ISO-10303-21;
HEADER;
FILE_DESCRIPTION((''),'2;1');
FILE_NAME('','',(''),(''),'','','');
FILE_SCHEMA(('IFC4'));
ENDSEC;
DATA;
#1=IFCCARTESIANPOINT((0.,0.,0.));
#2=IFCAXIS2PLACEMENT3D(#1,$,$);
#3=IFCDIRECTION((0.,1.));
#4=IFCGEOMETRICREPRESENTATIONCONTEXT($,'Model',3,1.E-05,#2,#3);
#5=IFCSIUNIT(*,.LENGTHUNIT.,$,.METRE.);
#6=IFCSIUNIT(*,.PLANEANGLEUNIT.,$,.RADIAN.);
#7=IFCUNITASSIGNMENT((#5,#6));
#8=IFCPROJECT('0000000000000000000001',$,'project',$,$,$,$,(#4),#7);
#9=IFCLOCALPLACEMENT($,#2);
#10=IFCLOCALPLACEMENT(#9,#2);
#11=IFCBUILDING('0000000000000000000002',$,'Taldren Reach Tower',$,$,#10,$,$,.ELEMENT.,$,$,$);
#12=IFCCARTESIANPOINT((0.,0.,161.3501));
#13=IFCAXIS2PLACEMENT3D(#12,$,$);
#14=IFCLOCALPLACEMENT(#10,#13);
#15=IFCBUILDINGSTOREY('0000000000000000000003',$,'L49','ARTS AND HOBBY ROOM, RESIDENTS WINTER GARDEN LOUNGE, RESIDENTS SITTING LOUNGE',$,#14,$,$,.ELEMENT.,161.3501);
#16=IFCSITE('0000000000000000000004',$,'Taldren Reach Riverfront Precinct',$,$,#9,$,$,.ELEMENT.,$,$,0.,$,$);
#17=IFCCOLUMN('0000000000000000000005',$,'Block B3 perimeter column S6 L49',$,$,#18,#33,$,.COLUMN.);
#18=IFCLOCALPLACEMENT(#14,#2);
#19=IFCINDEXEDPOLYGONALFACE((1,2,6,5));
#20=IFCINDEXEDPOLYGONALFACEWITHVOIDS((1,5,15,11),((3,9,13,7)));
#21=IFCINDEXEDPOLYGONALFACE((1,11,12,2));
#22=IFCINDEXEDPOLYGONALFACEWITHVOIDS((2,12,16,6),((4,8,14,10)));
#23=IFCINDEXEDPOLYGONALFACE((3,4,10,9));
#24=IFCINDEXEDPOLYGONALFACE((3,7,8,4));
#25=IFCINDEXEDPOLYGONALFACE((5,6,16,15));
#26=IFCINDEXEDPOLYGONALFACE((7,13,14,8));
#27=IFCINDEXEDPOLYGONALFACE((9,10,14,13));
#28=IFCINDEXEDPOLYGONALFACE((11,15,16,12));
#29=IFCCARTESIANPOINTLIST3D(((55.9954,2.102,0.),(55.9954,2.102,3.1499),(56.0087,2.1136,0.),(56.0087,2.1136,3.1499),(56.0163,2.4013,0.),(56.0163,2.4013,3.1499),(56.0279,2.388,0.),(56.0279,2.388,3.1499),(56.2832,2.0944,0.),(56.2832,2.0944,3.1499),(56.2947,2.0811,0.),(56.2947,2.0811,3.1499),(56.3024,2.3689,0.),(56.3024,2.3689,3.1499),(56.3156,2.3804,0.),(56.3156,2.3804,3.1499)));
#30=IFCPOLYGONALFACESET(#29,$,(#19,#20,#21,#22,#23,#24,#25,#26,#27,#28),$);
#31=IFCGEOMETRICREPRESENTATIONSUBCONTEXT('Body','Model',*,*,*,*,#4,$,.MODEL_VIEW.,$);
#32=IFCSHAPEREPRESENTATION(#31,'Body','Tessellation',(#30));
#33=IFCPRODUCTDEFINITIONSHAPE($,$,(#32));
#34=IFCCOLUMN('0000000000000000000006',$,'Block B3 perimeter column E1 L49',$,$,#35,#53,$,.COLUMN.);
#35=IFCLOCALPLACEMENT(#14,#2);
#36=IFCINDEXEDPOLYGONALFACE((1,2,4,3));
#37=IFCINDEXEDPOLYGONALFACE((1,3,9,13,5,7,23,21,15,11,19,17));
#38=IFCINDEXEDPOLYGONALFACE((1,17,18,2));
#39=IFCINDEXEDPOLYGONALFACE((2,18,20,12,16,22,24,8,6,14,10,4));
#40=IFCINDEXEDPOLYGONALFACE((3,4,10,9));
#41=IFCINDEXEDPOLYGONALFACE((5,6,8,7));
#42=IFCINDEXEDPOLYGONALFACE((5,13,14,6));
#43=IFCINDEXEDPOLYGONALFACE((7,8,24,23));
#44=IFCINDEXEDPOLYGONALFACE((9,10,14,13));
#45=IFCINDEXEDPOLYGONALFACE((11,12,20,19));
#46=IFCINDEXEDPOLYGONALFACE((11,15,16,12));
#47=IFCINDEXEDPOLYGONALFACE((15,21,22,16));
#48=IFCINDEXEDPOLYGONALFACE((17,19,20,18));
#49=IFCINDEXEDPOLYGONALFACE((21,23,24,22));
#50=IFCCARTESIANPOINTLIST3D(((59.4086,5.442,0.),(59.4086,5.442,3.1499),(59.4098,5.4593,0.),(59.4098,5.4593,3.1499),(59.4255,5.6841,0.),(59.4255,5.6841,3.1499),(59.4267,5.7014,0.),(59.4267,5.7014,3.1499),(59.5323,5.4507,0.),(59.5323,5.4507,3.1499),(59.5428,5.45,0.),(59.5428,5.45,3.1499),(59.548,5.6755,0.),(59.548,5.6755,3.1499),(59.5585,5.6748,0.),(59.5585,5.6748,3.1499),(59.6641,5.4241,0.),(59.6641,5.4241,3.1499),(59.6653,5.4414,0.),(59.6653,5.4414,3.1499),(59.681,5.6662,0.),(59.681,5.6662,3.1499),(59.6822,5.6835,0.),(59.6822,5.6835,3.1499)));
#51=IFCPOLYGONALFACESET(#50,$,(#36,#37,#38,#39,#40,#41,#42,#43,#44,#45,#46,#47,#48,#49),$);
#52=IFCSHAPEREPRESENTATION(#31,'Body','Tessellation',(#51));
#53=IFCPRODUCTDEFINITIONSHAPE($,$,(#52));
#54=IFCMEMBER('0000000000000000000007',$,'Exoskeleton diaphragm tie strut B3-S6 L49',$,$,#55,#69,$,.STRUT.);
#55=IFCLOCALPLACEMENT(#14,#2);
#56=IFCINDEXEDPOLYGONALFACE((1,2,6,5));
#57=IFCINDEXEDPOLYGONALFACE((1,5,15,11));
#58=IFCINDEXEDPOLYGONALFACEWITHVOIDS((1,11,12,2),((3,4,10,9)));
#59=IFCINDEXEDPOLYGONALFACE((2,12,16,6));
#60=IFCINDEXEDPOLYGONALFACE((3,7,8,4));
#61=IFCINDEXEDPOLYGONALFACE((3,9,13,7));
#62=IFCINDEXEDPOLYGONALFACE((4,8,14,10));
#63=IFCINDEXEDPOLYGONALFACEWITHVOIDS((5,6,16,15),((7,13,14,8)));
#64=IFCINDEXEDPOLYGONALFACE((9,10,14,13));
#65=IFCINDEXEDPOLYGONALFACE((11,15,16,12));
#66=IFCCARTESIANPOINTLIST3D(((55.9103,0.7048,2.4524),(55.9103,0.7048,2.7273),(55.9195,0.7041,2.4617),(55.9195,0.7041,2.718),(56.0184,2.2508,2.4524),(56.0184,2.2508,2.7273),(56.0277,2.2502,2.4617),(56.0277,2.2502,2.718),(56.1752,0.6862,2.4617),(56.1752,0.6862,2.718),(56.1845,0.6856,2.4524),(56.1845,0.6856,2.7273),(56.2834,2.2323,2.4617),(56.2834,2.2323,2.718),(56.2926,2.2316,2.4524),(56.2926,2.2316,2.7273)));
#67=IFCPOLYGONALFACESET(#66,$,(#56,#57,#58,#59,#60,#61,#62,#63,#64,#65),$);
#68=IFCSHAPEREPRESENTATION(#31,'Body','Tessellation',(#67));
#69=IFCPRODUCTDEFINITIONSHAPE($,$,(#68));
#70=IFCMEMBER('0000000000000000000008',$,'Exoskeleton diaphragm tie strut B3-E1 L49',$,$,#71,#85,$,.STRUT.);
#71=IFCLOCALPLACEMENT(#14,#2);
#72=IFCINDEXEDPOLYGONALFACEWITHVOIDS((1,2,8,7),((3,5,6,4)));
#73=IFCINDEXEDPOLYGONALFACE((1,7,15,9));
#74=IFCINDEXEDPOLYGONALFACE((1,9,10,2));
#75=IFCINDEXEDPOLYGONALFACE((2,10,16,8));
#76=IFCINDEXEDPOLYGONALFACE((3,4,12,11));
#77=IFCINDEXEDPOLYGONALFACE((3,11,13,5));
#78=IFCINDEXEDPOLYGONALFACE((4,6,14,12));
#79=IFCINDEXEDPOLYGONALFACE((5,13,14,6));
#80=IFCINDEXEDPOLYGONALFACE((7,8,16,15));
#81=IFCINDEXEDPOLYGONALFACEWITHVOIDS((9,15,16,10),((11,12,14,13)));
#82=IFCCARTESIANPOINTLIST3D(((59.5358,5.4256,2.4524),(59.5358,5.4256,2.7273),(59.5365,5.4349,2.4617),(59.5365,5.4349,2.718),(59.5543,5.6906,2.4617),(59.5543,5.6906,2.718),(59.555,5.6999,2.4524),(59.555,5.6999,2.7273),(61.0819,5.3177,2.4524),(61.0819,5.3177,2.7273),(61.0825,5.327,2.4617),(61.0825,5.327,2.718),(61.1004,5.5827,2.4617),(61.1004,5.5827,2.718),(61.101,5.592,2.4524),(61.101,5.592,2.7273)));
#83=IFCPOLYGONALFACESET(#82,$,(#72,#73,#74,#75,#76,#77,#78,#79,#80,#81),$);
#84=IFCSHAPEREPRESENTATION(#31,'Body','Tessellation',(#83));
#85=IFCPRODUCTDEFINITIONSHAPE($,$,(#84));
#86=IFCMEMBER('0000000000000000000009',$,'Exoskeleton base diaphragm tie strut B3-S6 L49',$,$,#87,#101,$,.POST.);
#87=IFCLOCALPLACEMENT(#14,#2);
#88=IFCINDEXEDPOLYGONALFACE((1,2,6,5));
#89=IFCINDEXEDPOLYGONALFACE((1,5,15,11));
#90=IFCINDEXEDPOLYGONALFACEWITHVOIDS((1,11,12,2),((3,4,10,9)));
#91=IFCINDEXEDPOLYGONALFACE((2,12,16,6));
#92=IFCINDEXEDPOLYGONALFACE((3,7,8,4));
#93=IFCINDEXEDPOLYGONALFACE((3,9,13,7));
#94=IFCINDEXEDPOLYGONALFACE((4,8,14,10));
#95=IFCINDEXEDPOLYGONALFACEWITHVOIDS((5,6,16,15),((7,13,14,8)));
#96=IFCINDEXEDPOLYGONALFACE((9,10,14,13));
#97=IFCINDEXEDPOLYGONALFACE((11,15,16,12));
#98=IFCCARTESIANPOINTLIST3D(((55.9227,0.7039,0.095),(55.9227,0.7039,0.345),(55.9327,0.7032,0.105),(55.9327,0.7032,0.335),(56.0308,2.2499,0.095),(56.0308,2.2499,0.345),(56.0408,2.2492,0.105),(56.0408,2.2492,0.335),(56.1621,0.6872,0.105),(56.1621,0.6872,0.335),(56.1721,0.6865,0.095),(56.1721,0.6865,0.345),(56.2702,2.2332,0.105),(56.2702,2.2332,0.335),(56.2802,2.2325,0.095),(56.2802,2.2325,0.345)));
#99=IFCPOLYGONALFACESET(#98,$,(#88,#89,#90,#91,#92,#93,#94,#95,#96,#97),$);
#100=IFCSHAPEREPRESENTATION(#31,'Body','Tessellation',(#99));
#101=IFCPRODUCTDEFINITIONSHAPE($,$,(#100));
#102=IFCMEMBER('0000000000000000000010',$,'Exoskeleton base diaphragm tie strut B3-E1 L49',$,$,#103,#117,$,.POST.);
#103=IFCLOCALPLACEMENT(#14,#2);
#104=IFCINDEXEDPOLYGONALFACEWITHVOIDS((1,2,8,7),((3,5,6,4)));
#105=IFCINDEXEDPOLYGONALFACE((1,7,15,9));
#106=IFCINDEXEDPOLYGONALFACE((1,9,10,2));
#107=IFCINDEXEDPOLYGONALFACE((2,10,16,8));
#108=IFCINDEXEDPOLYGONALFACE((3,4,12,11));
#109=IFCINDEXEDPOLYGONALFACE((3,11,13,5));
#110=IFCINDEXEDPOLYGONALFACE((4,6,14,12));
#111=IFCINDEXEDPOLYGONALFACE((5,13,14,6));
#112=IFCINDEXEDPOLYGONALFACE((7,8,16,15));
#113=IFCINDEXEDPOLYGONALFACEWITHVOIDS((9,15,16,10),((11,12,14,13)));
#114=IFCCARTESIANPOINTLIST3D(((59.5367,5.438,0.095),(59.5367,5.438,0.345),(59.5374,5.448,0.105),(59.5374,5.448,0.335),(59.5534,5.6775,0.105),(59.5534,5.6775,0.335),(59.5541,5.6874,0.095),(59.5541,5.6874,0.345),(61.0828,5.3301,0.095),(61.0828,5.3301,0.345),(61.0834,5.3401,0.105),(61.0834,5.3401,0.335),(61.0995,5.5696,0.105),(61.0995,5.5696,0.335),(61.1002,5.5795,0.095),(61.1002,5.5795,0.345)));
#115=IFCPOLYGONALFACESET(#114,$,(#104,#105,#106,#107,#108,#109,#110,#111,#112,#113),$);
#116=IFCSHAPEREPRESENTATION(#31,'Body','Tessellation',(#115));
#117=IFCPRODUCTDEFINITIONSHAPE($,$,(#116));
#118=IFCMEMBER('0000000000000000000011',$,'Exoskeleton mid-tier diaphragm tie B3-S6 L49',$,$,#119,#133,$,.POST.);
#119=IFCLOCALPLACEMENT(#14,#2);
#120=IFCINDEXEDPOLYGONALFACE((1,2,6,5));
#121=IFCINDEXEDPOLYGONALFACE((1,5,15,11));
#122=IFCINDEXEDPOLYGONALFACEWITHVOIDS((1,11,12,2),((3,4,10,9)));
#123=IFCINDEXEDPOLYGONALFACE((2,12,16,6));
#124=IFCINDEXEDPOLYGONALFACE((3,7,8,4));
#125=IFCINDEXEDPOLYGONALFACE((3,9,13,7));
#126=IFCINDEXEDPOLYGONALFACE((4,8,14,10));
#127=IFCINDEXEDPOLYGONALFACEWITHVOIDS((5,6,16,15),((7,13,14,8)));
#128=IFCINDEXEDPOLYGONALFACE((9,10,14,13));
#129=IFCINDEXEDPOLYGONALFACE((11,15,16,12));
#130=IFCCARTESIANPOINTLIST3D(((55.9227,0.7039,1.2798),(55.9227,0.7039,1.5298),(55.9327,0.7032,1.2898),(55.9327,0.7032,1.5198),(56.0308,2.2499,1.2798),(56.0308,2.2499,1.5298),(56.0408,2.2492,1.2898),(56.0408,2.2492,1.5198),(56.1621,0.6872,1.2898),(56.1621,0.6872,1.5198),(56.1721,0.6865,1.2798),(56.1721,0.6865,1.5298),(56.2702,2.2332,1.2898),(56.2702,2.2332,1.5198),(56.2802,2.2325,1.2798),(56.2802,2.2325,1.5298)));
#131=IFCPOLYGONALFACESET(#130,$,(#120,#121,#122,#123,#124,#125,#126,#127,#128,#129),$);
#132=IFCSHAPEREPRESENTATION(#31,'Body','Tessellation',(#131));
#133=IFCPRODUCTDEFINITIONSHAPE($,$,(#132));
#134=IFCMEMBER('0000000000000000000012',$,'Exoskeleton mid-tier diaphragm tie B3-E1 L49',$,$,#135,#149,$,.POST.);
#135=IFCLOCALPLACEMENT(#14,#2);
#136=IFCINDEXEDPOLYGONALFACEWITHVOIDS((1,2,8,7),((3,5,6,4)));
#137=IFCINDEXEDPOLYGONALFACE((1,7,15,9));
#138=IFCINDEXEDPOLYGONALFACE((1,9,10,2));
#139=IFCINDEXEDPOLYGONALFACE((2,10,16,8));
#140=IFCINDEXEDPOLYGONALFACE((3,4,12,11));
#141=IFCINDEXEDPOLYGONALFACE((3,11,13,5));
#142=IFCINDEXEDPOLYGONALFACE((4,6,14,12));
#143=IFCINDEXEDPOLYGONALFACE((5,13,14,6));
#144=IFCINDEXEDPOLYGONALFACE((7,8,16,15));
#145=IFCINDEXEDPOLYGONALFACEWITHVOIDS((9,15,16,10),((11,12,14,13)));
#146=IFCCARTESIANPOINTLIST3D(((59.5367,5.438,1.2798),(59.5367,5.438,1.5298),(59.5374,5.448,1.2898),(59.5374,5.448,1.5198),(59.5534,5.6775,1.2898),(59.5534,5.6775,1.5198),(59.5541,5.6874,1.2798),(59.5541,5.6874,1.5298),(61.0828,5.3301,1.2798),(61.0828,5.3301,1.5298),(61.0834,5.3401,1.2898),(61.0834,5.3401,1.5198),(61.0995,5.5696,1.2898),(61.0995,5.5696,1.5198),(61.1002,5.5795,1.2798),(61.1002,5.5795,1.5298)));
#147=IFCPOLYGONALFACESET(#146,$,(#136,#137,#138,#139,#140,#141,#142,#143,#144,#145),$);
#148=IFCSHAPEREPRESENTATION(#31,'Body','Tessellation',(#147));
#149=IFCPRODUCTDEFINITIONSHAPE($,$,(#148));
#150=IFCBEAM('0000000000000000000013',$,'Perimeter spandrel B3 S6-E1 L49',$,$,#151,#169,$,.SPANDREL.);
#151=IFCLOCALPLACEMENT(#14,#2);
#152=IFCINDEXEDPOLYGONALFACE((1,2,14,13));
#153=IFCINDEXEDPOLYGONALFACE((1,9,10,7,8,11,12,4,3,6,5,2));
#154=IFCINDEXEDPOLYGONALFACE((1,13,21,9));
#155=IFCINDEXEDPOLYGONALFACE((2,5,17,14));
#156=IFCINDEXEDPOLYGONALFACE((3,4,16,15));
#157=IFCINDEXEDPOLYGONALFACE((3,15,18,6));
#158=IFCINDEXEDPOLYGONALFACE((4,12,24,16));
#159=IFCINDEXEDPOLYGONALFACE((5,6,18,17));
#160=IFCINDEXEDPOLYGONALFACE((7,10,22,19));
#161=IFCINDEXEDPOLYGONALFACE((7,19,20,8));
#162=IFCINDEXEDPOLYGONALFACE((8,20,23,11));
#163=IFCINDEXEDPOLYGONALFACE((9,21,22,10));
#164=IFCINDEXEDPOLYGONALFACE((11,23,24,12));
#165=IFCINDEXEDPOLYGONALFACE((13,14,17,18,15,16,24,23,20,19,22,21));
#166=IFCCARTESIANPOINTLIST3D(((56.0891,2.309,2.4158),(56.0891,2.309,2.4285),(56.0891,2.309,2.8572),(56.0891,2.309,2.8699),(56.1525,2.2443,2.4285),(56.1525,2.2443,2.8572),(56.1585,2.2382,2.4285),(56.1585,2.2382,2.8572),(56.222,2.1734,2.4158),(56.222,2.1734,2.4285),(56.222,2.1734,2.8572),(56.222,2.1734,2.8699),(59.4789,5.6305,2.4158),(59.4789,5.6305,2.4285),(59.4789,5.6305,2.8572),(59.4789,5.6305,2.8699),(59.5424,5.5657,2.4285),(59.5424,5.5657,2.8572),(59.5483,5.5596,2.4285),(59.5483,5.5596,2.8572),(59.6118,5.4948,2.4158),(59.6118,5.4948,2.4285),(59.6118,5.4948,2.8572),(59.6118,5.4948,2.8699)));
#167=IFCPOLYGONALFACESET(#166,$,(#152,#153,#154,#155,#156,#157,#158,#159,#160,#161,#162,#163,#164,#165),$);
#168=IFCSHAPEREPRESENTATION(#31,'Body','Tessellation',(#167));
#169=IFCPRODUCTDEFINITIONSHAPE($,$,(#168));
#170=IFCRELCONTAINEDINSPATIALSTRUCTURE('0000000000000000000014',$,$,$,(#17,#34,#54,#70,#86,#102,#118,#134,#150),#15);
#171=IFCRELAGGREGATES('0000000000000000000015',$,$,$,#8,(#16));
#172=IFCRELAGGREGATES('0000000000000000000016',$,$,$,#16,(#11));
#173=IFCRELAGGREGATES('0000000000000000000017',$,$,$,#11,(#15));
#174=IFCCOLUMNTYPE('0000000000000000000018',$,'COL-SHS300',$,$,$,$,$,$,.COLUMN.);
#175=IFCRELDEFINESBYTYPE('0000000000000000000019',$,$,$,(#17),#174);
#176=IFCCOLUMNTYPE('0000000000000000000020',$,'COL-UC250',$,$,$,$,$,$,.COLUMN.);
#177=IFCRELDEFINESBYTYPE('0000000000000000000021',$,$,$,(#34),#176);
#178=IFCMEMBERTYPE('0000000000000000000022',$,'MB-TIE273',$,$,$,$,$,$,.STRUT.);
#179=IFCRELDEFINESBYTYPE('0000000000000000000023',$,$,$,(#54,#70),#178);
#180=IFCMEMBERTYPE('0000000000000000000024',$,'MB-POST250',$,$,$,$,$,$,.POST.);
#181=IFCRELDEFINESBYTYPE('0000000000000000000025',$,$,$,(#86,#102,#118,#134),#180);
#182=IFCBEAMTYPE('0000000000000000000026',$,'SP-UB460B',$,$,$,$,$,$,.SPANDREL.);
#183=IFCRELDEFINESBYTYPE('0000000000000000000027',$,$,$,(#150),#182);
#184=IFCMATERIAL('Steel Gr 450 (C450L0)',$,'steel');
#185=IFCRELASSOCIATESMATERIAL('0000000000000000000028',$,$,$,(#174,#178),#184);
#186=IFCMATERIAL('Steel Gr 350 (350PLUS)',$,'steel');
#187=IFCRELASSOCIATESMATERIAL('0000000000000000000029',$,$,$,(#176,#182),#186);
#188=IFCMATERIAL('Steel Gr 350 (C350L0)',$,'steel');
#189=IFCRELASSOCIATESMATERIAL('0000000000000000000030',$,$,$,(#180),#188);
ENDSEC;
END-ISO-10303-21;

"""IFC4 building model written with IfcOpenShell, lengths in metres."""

from ifc_helpers import new_model, si_unit, direction, frame, origin, origin_2d, place, context, subcontext, project, spatial, hollow_rectangle, i_section, extrude, source, transform, mapped, material, material_profile, profile_set, type_object, element, save


model = new_model("IFC4")

# Units and contexts
model_context = context("Model", 3, precision=1e-05, world=origin(), true_north=direction((0.0, 1.0)))
body_context = subcontext(model_context, "Body", "Model", "MODEL_VIEW")
ifc_project = project(units=[si_unit("LENGTHUNIT", "METRE"), si_unit("PLANEANGLEUNIT", "RADIAN")], contexts=[model_context])

# Site, building, storey
site_placement = place(None, origin())
site = spatial("IfcSite", under=ifc_project, at=site_placement, Name="Taldren Reach Riverfront Precinct", CompositionType="ELEMENT", RefElevation=0.0)
building_placement = place(site_placement, origin())
building = spatial("IfcBuilding", under=site, at=building_placement, Name="Taldren Reach Tower", CompositionType="ELEMENT")
storey_placement = place(building_placement, frame((0.0, 0.0, 161.3501)))
storey = spatial("IfcBuildingStorey", under=building, at=storey_placement, Name="L49", Description="ARTS AND HOBBY ROOM, RESIDENTS WINTER GARDEN LOUNGE, RESIDENTS SITTING LOUNGE", CompositionType="ELEMENT", Elevation=161.3501)

# Columns
ifc_material_1 = material(Name="Steel Gr 450 (C450L0)", Category="steel")
ifc_material_profile_1 = material_profile(ifc_material_1, hollow_rectangle(XDim=0.3, YDim=0.3, WallThickness=0.0125, at=origin_2d()), Name="300x300x12.5SHS")
ifc_profile_set_1 = profile_set([ifc_material_profile_1], Name="Steel Gr 450 (C450L0)")
column_type_1 = type_object("IfcColumnType", Name="COL-SHS300", PredefinedType="COLUMN", material=ifc_profile_set_1)
shared_shape_1 = source(origin(), body_context, "Body", "SweptSolid", [
    extrude(hollow_rectangle(XDim=0.3, YDim=0.3, WallThickness=0.0125, at=origin_2d()), origin(), (0.0, 0.0, 1.0), 3.1499),
])
column_1_placement = place(storey_placement, frame((56.1555, 2.2412, 0.0), z_axis=(0.0, 0.0, 1.0), x_axis=(0.997564, -0.069756, 0.0)))
element("IfcColumn", 1, at=column_1_placement, inside=storey, type_object=column_type_1, Name="Block B3 perimeter column S6 L49", PredefinedType="COLUMN", context=body_context, shape_type="MappedRepresentation", body=[
    mapped(shared_shape_1, transform((0.0, 0.0, 0.0), scale=1.0)),
])
ifc_material_2 = material(Name="Steel Gr 350 (350PLUS)", Category="steel")
ifc_material_profile_2 = material_profile(ifc_material_2, i_section(OverallWidth=0.2561, OverallDepth=0.26, WebThickness=0.0105, FlangeThickness=0.0173, at=origin_2d()), Name="250UC89.5")
ifc_profile_set_2 = profile_set([ifc_material_profile_2], Name="Steel Gr 350 (350PLUS)")
column_type_2 = type_object("IfcColumnType", Name="COL-UC250", PredefinedType="COLUMN", material=ifc_profile_set_2)
shared_shape_2 = source(origin(), body_context, "Body", "SweptSolid", [
    extrude(i_section(OverallWidth=0.2561, OverallDepth=0.26, WebThickness=0.0105, FlangeThickness=0.0173, at=origin_2d()), origin(), (0.0, 0.0, 1.0), 3.1499),
])
column_2_placement = place(storey_placement, frame((59.5454, 5.5627, 0.0), z_axis=(0.0, 0.0, 1.0), x_axis=(0.997564, -0.069756, 0.0)))
element("IfcColumn", 2, at=column_2_placement, inside=storey, type_object=column_type_2, Name="Block B3 perimeter column E1 L49", PredefinedType="COLUMN", context=body_context, shape_type="MappedRepresentation", body=[
    mapped(shared_shape_2, transform((0.0, 0.0, 0.0), scale=1.0)),
])

# Members
ifc_material_profile_3 = material_profile(ifc_material_1, hollow_rectangle(XDim=0.2749, YDim=0.2749, WallThickness=0.0093, at=origin_2d()), Name="275x275x9.3SHS")
ifc_profile_set_3 = profile_set([ifc_material_profile_3], Name="Steel Gr 450 (C450L0)")
member_type_1 = type_object("IfcMemberType", Name="MB-TIE273", PredefinedType="STRUT", material=ifc_profile_set_3)
shared_shape_3 = source(origin(), body_context, "Body", "SweptSolid", [
    extrude(hollow_rectangle(XDim=0.2749, YDim=0.2749, WallThickness=0.0093, at=origin_2d()), origin(), (0.0, 0.0, 1.0), 1.5498),
])
for number, where, z_axis, x_axis, name in (
    (3, (56.1555, 2.2412, 2.5898), (-0.069781, -0.997562, 0.0), (0.997562, -0.069781, 0.0), "Exoskeleton diaphragm tie strut B3-S6 L49"),
    (4, (59.5454, 5.5627, 2.5898), (0.997573, -0.069624, 0.0), (0.069624, 0.997573, 0.0), "Exoskeleton diaphragm tie strut B3-E1 L49"),
):
    element("IfcMember", number, at=place(storey_placement, frame(where, z_axis=z_axis, x_axis=x_axis)), inside=storey, type_object=member_type_1, Name=name, PredefinedType="STRUT", context=body_context, shape_type="MappedRepresentation", body=[
        mapped(shared_shape_3, transform((0.0, 0.0, 0.0), scale=1.0)),
    ])
ifc_material_3 = material(Name="Steel Gr 350 (C350L0)", Category="steel")
ifc_material_profile_4 = material_profile(ifc_material_3, hollow_rectangle(XDim=0.25, YDim=0.25, WallThickness=0.01, at=origin_2d()), Name="250x250x10.0SHS")
ifc_profile_set_4 = profile_set([ifc_material_profile_4], Name="Steel Gr 350 (C350L0)")
member_type_2 = type_object("IfcMemberType", Name="MB-POST250", PredefinedType="POST", material=ifc_profile_set_4)
shared_shape_4 = source(origin(), body_context, "Body", "SweptSolid", [
    extrude(hollow_rectangle(XDim=0.25, YDim=0.25, WallThickness=0.01, at=origin_2d()), origin(), (0.0, 0.0, 1.0), 1.5498),
])
for number, where, z_axis, x_axis, name in (
    (5, (56.1555, 2.2412, 0.22), (-0.069781, -0.997562, 0.0), (0.997562, -0.069781, 0.0), "Exoskeleton base diaphragm tie strut B3-S6 L49"),
    (6, (59.5454, 5.5627, 0.22), (0.997573, -0.069624, 0.0), (0.069624, 0.997573, 0.0), "Exoskeleton base diaphragm tie strut B3-E1 L49"),
    (7, (56.1555, 2.2412, 1.4048), (-0.069781, -0.997562, 0.0), (0.997562, -0.069781, 0.0), "Exoskeleton mid-tier diaphragm tie B3-S6 L49"),
    (8, (59.5454, 5.5627, 1.4048), (0.997573, -0.069624, 0.0), (0.069624, 0.997573, 0.0), "Exoskeleton mid-tier diaphragm tie B3-E1 L49"),
):
    element("IfcMember", number, at=place(storey_placement, frame(where, z_axis=z_axis, x_axis=x_axis)), inside=storey, type_object=member_type_2, Name=name, PredefinedType="POST", context=body_context, shape_type="MappedRepresentation", body=[
        mapped(shared_shape_4, transform((0.0, 0.0, 0.0), scale=1.0)),
    ])

# Beam
ifc_material_profile_5 = material_profile(ifc_material_2, i_section(OverallWidth=0.1899, OverallDepth=0.4541, WebThickness=0.0085, FlangeThickness=0.0127, at=origin_2d()), Name="460UB67.1")
ifc_profile_set_5 = profile_set([ifc_material_profile_5], Name="Steel Gr 350 (350PLUS)")
beam_type_1 = type_object("IfcBeamType", Name="SP-UB460B", PredefinedType="SPANDREL", material=ifc_profile_set_5)
shared_shape_5 = source(origin(), body_context, "Body", "SweptSolid", [
    extrude(i_section(OverallWidth=0.1899, OverallDepth=0.4541, WebThickness=0.0085, FlangeThickness=0.0127, at=origin_2d()), origin(), (0.0, 0.0, 1.0), 4.7458),
])
beam_1_placement = place(storey_placement, frame((56.1555, 2.2412, 2.6428), z_axis=(0.714272, 0.699868, 0.0), x_axis=(-0.699868, 0.714272, 0.0)))
element("IfcBeam", 9, at=beam_1_placement, inside=storey, type_object=beam_type_1, Name="Perimeter spandrel B3 S6-E1 L49", PredefinedType="SPANDREL", context=body_context, shape_type="MappedRepresentation", body=[
    mapped(shared_shape_5, transform((0.0, 0.0, 0.0), scale=1.0)),
])

save(model, "model.ifc")
